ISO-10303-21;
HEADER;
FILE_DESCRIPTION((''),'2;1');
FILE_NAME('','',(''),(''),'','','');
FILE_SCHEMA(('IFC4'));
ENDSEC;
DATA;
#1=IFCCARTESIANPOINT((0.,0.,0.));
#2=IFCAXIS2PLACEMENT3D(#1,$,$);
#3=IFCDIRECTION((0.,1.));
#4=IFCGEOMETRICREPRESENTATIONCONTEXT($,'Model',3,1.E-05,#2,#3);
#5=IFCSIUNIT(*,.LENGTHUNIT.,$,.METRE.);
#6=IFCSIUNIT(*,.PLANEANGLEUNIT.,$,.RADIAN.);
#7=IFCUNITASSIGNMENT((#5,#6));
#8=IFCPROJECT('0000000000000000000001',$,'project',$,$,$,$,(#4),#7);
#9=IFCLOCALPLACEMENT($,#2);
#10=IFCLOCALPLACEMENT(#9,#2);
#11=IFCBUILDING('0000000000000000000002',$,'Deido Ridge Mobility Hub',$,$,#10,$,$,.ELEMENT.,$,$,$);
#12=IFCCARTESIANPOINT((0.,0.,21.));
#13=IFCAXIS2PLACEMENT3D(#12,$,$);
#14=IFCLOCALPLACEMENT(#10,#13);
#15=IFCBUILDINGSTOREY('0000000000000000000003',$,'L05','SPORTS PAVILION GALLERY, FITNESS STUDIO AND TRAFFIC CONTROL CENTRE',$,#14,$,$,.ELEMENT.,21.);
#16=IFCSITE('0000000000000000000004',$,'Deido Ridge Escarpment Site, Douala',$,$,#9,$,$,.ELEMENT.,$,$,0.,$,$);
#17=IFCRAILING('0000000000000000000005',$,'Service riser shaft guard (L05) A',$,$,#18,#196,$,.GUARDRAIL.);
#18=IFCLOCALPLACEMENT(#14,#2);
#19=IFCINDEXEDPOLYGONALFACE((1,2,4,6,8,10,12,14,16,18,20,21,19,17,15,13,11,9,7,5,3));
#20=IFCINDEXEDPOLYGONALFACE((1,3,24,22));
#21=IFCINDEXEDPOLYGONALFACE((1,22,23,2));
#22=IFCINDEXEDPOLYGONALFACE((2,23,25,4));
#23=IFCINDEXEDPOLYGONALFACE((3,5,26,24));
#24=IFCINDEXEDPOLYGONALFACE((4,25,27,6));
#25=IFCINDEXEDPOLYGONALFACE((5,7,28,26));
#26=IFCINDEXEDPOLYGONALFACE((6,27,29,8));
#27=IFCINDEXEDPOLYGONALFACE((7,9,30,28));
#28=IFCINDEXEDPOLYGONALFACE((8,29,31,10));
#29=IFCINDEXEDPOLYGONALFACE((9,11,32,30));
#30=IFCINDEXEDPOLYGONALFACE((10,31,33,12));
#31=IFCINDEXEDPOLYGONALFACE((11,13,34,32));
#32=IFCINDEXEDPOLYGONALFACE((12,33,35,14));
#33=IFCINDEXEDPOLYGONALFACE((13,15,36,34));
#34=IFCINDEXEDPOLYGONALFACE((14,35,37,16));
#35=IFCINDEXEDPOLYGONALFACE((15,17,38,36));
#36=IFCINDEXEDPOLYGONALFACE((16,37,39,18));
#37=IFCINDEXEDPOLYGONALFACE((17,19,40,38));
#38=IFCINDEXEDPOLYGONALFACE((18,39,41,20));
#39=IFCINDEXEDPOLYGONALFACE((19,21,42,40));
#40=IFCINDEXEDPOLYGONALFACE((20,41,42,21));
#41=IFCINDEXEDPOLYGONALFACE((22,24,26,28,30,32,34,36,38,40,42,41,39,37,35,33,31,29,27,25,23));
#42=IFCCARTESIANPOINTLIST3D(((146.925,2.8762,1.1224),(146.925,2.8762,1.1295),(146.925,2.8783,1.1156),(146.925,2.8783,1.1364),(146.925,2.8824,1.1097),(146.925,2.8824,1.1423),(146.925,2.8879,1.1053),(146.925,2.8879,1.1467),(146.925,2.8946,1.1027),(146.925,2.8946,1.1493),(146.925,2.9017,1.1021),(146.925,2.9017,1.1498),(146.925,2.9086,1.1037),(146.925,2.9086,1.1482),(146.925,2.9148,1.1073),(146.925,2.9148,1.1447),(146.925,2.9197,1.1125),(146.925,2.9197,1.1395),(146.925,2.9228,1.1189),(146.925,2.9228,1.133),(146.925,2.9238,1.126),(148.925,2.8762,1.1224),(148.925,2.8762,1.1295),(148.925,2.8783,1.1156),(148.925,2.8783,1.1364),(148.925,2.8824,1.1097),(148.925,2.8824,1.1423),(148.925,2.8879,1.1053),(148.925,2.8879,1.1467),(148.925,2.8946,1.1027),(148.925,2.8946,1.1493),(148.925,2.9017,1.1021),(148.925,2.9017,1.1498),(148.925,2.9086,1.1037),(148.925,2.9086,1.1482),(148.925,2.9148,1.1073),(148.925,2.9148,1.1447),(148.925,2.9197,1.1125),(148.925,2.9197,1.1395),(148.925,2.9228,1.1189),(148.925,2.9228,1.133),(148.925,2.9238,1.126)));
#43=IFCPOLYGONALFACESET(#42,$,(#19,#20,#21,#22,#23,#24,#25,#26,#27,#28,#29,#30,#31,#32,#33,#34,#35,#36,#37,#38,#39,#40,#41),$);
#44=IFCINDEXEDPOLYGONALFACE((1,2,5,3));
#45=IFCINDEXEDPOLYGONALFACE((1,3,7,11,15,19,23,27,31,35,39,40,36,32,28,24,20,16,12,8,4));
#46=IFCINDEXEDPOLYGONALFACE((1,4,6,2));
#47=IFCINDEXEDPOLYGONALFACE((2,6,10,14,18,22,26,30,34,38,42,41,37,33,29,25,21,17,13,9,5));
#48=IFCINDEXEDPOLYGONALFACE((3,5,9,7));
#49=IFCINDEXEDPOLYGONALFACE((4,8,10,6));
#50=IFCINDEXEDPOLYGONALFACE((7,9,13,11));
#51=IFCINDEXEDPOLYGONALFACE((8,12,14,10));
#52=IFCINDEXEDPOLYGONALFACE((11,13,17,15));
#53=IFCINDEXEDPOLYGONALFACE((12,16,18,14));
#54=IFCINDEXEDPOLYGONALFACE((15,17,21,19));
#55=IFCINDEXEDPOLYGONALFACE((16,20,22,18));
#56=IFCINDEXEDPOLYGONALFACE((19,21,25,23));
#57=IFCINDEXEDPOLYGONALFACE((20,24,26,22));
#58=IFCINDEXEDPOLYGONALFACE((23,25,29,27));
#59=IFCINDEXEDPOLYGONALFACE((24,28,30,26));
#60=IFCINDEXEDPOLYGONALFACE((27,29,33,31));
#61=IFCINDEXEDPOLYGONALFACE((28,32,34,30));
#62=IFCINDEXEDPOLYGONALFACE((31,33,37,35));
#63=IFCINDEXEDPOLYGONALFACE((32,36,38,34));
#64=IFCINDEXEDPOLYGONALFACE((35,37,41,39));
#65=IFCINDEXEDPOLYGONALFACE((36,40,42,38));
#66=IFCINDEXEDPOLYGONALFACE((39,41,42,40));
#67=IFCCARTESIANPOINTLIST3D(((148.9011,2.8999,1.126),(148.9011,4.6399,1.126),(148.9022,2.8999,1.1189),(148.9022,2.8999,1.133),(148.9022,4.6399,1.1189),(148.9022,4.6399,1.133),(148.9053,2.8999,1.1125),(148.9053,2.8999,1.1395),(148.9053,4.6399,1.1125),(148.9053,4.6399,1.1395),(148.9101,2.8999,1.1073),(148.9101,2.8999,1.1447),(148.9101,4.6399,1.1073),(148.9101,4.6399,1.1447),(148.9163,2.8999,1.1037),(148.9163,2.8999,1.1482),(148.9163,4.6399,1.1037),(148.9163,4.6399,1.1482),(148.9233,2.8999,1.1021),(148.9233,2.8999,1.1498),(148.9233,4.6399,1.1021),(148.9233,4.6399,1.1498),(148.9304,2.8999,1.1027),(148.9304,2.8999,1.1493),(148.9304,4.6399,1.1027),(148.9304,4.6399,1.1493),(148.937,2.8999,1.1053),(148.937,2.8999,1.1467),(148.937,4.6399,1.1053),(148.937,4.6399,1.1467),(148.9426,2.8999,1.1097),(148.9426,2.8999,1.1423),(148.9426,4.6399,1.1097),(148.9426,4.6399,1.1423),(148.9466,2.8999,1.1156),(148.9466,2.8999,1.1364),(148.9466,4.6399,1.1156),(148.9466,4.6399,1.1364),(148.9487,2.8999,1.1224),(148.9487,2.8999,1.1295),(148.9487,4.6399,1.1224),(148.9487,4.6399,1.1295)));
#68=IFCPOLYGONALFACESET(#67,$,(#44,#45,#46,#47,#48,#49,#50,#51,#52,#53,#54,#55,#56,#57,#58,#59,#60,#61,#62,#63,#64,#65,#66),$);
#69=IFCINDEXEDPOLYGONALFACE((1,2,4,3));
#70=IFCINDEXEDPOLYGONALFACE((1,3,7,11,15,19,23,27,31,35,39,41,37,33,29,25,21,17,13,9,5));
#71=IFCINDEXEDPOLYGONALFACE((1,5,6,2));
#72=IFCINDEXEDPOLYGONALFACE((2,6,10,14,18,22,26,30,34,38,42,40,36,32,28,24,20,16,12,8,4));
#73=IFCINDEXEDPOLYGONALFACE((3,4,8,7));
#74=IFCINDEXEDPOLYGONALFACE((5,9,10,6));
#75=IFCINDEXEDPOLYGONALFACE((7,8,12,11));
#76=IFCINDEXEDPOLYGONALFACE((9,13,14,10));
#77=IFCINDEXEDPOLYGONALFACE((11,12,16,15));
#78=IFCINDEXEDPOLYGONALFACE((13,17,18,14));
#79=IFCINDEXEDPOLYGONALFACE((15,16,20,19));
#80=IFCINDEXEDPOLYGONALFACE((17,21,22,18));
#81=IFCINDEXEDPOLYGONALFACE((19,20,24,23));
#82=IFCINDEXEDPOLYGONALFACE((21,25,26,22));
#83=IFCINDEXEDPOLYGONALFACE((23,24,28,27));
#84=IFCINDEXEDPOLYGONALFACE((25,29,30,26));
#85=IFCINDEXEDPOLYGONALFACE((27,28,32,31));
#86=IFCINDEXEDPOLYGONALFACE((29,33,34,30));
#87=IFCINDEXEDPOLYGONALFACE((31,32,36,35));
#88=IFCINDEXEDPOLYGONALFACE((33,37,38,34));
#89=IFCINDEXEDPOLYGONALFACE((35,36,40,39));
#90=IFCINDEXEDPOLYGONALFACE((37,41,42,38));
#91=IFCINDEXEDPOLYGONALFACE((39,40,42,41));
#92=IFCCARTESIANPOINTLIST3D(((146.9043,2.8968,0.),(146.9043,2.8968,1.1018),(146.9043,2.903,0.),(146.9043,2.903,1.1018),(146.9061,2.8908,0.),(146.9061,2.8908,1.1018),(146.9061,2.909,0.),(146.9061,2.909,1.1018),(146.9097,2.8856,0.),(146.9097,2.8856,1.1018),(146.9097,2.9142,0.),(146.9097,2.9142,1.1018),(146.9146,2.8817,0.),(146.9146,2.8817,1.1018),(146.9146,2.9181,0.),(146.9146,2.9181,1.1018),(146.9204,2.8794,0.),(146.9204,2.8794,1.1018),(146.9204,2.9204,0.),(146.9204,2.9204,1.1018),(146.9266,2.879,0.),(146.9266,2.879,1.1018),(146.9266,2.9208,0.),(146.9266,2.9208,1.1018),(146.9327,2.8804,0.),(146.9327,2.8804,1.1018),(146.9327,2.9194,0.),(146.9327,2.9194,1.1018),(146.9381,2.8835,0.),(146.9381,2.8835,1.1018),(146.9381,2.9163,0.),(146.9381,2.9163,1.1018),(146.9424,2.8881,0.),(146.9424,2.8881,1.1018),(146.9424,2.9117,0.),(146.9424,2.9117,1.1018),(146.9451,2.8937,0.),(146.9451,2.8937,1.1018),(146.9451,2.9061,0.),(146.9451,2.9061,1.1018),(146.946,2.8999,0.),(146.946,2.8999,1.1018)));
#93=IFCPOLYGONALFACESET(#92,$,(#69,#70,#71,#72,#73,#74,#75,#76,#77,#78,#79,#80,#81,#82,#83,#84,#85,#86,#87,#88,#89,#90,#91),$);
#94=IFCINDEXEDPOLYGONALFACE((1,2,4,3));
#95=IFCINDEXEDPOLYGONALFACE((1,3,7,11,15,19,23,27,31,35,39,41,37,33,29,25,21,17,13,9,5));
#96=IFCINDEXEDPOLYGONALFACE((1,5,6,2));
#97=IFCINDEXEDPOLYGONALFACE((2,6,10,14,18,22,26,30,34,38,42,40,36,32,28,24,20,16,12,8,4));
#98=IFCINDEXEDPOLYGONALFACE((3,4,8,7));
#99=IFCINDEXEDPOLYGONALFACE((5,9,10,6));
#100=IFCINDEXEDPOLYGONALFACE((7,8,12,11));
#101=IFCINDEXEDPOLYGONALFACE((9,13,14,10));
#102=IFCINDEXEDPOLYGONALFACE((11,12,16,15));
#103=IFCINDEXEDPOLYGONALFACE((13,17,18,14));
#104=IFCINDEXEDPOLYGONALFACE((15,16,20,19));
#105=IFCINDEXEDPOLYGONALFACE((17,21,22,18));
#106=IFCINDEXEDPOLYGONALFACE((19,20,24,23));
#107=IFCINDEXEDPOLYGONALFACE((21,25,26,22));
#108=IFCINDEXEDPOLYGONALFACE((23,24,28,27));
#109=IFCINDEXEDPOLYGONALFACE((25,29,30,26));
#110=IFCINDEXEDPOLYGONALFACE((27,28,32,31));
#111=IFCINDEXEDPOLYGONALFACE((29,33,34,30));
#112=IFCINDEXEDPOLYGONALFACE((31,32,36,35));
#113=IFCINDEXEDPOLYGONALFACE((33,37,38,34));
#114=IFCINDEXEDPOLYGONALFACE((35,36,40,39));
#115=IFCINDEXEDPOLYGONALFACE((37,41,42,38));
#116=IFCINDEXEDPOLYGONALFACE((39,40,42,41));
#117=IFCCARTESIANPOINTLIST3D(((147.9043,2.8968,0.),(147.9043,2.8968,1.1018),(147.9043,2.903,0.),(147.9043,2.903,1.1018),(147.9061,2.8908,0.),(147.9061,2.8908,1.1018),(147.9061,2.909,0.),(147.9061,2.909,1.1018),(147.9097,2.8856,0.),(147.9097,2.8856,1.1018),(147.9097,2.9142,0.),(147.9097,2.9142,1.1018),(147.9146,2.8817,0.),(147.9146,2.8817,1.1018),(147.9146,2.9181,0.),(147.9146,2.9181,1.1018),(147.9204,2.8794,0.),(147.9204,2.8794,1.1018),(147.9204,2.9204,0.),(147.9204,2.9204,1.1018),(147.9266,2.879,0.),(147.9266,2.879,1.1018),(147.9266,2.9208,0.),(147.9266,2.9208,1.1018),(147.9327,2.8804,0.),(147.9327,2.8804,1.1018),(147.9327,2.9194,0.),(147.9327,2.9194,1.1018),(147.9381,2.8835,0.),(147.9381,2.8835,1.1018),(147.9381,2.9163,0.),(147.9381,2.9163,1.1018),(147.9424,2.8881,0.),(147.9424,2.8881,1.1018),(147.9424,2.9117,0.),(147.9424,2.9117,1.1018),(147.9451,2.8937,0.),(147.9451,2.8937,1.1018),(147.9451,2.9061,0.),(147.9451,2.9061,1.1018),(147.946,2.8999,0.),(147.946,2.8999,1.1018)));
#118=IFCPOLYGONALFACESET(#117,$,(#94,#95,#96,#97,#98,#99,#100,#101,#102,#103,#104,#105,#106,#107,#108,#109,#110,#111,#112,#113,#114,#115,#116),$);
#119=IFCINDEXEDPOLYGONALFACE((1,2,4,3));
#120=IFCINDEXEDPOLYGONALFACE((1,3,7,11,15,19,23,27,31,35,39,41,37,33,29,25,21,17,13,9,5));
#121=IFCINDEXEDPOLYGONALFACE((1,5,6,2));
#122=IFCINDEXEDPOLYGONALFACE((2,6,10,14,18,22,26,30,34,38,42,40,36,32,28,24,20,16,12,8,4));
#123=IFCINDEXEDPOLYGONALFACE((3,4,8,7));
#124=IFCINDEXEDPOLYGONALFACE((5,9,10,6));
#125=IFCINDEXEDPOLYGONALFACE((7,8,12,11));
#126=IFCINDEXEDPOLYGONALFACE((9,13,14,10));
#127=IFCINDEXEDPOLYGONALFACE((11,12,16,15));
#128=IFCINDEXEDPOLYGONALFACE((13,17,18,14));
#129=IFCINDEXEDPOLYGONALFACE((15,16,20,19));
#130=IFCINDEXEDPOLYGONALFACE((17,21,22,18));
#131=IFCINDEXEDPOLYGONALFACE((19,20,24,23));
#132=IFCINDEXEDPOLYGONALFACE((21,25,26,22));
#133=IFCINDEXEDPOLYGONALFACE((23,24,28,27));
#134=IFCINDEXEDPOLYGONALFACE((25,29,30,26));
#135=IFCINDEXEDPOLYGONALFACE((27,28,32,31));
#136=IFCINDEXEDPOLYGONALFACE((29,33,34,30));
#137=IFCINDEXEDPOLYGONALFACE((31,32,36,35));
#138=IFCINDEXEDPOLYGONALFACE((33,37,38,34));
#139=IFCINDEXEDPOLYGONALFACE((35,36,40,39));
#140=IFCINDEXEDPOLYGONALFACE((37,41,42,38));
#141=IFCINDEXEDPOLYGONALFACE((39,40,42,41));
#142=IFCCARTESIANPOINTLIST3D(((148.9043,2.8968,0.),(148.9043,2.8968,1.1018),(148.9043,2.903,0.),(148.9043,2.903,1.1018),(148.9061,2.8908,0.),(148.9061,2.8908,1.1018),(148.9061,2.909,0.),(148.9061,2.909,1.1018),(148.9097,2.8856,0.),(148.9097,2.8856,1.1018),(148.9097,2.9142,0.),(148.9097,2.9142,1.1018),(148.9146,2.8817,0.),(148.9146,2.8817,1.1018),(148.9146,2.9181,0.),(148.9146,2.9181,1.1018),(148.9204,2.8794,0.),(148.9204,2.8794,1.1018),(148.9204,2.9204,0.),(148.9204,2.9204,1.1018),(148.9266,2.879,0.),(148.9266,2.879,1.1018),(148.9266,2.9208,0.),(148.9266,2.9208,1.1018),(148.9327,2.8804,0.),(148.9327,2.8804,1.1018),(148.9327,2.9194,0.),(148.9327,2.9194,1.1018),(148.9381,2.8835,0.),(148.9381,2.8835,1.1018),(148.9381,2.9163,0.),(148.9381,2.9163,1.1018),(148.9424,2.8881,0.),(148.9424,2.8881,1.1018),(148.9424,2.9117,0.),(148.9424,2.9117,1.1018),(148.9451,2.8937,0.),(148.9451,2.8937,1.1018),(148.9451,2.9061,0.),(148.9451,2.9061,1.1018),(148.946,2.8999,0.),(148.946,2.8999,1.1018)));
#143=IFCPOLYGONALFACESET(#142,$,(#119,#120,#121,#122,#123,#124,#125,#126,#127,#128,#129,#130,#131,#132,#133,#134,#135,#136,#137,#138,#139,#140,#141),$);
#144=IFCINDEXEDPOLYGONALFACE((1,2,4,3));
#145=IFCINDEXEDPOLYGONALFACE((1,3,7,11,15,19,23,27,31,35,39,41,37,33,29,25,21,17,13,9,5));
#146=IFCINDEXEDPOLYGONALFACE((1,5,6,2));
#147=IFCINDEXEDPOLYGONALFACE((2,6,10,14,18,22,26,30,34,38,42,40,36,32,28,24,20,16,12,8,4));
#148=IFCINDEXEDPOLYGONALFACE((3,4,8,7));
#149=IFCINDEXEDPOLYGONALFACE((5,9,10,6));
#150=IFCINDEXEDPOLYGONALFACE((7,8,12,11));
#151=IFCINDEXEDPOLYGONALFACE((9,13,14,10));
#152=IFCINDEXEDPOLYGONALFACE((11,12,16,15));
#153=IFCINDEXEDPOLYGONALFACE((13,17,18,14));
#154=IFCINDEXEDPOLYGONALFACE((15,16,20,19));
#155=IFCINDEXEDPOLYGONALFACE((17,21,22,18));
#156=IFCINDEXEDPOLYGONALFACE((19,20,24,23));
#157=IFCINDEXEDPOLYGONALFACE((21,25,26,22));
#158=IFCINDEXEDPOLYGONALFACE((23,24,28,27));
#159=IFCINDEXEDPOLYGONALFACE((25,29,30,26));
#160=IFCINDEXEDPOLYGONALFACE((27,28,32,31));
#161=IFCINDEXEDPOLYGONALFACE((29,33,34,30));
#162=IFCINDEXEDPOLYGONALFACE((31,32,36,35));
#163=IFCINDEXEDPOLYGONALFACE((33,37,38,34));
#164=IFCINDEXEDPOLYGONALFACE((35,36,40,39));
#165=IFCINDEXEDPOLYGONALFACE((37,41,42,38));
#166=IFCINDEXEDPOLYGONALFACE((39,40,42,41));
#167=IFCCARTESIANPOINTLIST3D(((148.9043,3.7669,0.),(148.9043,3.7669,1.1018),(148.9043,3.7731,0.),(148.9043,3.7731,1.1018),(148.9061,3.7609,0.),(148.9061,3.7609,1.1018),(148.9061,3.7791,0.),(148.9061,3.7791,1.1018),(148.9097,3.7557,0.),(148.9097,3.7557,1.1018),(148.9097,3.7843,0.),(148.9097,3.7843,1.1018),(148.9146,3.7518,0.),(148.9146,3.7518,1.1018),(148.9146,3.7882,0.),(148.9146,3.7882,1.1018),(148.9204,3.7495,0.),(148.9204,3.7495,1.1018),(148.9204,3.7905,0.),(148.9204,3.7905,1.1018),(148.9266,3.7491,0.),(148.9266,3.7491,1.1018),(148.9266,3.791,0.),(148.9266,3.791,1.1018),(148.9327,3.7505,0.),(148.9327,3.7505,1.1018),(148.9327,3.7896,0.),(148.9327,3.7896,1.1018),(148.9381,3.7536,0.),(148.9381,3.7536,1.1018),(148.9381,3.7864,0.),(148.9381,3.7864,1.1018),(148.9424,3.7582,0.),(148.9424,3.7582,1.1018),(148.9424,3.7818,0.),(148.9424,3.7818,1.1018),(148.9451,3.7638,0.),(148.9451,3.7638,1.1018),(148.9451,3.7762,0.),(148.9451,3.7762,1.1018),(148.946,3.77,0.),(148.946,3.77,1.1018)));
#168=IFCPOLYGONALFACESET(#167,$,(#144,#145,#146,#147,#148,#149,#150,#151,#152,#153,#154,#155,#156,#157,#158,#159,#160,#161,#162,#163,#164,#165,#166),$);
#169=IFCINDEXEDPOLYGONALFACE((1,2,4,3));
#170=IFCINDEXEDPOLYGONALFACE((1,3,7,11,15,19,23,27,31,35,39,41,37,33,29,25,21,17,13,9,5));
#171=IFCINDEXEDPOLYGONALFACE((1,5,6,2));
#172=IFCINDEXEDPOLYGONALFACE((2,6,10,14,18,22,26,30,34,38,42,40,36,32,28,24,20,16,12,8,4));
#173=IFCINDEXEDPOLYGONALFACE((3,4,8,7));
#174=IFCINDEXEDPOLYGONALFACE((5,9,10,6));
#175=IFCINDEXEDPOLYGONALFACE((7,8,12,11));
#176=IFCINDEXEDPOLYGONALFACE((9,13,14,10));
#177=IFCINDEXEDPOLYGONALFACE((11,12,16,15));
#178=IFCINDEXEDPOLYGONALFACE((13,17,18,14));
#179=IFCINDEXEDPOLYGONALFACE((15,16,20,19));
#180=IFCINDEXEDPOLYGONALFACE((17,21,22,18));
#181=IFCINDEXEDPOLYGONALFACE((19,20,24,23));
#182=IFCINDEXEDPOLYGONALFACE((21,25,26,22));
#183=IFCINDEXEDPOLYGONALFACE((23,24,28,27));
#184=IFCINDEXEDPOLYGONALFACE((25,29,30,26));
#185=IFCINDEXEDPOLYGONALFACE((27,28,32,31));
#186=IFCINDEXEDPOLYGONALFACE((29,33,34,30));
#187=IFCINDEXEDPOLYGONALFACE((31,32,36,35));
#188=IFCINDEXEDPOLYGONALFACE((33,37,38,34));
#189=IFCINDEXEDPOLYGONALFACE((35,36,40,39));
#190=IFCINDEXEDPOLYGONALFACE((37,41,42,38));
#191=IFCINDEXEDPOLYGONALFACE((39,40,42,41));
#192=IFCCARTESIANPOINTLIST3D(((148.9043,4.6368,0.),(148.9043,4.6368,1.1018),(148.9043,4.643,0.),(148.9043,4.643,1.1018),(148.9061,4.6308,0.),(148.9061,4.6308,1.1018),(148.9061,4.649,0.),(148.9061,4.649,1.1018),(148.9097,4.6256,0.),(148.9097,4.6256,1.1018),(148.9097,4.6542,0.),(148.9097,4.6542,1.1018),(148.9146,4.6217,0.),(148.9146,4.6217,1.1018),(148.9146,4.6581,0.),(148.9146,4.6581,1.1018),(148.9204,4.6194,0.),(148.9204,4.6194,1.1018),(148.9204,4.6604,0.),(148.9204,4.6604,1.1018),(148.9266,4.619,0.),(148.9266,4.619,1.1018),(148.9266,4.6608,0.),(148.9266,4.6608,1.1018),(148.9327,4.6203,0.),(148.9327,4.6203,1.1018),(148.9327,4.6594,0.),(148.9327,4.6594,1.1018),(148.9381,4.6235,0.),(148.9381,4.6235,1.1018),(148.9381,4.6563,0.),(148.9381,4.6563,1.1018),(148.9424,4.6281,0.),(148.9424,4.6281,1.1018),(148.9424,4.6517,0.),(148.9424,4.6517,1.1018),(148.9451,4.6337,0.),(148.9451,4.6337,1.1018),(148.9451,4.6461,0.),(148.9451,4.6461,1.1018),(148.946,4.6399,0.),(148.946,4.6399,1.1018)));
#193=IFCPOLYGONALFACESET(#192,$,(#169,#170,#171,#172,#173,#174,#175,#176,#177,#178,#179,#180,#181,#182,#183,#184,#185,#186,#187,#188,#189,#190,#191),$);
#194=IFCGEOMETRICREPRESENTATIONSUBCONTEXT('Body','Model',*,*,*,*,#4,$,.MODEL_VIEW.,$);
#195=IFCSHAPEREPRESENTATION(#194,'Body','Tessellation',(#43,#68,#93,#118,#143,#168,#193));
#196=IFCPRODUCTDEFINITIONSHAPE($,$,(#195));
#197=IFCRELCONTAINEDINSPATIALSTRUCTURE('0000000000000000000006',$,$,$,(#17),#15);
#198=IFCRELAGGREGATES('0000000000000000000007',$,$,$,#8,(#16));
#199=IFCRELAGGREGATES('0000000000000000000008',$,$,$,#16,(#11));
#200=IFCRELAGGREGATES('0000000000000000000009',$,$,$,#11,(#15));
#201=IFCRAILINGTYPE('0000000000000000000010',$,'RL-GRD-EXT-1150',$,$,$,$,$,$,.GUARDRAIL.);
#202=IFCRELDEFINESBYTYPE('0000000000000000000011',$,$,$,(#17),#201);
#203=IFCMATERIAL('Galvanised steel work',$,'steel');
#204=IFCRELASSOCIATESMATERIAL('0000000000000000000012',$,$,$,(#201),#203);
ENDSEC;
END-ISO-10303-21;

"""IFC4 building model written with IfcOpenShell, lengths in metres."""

from ifc_helpers import new_model, si_unit, direction, frame, origin, origin_2d, place, context, subcontext, project, spatial, circle, extrude, material, type_object, element, save


model = new_model("IFC4")

# Units and contexts
model_context = context("Model", 3, precision=1e-05, world=origin(), true_north=direction((0.0, 1.0)))
body_context = subcontext(model_context, "Body", "Model", "MODEL_VIEW")
ifc_project = project(units=[si_unit("LENGTHUNIT", "METRE"), si_unit("PLANEANGLEUNIT", "RADIAN")], contexts=[model_context])

# Site, building, storey
site_placement = place(None, origin())
site = spatial("IfcSite", under=ifc_project, at=site_placement, Name="Deido Ridge Escarpment Site, Douala", CompositionType="ELEMENT", RefElevation=0.0)
building_placement = place(site_placement, origin())
building = spatial("IfcBuilding", under=site, at=building_placement, Name="Deido Ridge Mobility Hub", CompositionType="ELEMENT")
storey_placement = place(building_placement, frame((0.0, 0.0, 21.0)))
storey = spatial("IfcBuildingStorey", under=building, at=storey_placement, Name="L05", Description="SPORTS PAVILION GALLERY, FITNESS STUDIO AND TRAFFIC CONTROL CENTRE", CompositionType="ELEMENT", Elevation=21.0)

# Railing
ifc_material_1 = material(Name="Galvanised steel work", Category="steel")
railing_type = type_object("IfcRailingType", Name="RL-GRD-EXT-1150", PredefinedType="GUARDRAIL", material=ifc_material_1)
railing_placement = place(storey_placement, frame((146.925, 2.8999, 0.0)))
element("IfcRailing", 1, at=railing_placement, inside=storey, type_object=railing_type, Name="Service riser shaft guard (L05) A", PredefinedType="GUARDRAIL", context=body_context, shape_type="SweptSolid", body=[
    extrude(circle(Radius=0.0239, at=origin_2d()), frame((0.0, 0.0, 1.126), z_axis=(1.0, 0.0, 0.0), x_axis=(0.0, 1.0, 0.0)), (0.0, 0.0, 1.0), 2.0),
    extrude(circle(Radius=0.0239, at=origin_2d()), frame((2.0, 0.0, 1.126), z_axis=(0.0, 1.0, 0.0), x_axis=(-1.0, 0.0, 0.0)), (0.0, 0.0, 1.0), 1.74),
    extrude(circle(Radius=0.021, at=origin_2d()), origin(), (0.0, 0.0, 1.0), 1.1018),
    extrude(circle(Radius=0.021, at=origin_2d()), frame((1.0, 0.0, 0.0)), (0.0, 0.0, 1.0), 1.1018),
    extrude(circle(Radius=0.021, at=origin_2d()), frame((2.0, 0.0, 0.0)), (0.0, 0.0, 1.0), 1.1018),
    extrude(circle(Radius=0.021, at=origin_2d()), frame((2.0, 0.8701, 0.0)), (0.0, 0.0, 1.0), 1.1018),
    extrude(circle(Radius=0.021, at=origin_2d()), frame((2.0, 1.74, 0.0)), (0.0, 0.0, 1.0), 1.1018),
])

save(model, "model.ifc")
